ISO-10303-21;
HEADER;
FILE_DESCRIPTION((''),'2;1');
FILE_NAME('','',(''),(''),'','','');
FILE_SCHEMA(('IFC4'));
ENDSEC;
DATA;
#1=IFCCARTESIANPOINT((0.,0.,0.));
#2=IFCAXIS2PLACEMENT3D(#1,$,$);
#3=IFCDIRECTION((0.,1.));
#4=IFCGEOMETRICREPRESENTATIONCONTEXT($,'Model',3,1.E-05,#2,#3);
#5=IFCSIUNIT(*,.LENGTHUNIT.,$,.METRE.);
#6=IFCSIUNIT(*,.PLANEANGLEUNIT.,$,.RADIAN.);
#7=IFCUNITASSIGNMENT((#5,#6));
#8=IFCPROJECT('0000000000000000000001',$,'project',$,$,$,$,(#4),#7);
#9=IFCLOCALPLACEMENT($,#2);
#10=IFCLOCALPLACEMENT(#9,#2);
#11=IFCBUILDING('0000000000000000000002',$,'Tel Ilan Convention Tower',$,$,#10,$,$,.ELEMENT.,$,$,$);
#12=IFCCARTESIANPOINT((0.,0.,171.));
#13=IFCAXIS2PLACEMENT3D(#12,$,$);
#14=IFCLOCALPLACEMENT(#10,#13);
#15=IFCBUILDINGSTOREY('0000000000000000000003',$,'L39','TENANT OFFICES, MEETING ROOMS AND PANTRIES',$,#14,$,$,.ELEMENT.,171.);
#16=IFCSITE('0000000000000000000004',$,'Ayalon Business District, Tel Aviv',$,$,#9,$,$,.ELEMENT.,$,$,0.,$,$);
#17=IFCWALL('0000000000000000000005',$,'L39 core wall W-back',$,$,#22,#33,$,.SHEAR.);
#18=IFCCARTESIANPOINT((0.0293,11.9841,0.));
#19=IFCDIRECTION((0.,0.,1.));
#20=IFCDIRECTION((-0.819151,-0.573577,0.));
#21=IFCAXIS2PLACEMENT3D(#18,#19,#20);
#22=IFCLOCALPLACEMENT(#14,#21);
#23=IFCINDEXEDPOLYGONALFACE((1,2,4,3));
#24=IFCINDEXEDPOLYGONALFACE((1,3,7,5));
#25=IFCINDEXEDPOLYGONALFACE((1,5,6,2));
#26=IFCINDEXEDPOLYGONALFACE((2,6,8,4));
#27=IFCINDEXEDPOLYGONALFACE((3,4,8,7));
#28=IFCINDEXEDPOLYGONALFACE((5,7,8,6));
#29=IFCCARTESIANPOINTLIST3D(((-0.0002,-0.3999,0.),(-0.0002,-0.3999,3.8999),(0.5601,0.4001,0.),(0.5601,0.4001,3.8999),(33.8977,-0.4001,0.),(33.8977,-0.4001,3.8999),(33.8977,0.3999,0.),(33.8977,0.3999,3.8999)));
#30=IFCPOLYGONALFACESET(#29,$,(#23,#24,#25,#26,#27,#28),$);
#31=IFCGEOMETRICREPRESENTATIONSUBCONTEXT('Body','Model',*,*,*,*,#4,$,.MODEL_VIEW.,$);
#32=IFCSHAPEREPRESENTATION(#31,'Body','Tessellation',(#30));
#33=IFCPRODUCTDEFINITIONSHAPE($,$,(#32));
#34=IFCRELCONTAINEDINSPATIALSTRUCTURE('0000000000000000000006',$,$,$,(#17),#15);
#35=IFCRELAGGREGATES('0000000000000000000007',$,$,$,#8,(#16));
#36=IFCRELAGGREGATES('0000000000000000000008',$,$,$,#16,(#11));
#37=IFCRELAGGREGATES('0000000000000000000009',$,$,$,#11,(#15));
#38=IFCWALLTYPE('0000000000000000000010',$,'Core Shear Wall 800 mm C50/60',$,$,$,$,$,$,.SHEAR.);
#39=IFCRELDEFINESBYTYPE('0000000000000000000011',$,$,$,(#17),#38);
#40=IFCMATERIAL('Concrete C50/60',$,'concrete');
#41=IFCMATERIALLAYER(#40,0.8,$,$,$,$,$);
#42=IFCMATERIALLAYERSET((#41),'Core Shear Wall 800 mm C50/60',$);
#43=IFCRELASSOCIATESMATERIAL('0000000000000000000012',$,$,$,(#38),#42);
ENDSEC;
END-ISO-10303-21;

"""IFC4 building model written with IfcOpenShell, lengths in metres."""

from ifc_helpers import new_model, si_unit, direction, frame, origin, place, context, subcontext, project, spatial, polyline, outline, extrude, material, layer, layer_set, type_object, element, save


model = new_model("IFC4")

# Units and contexts
model_context = context("Model", 3, precision=1e-05, world=origin(), true_north=direction((0.0, 1.0)))
body_context = subcontext(model_context, "Body", "Model", "MODEL_VIEW")
ifc_project = project(units=[si_unit("LENGTHUNIT", "METRE"), si_unit("PLANEANGLEUNIT", "RADIAN")], contexts=[model_context])

# Site, building, storey
site_placement = place(None, origin())
site = spatial("IfcSite", under=ifc_project, at=site_placement, Name="Ayalon Business District, Tel Aviv", CompositionType="ELEMENT", RefElevation=0.0)
building_placement = place(site_placement, origin())
building = spatial("IfcBuilding", under=site, at=building_placement, Name="Tel Ilan Convention Tower", CompositionType="ELEMENT")
storey_placement = place(building_placement, frame((0.0, 0.0, 171.0)))
storey = spatial("IfcBuildingStorey", under=building, at=storey_placement, Name="L39", Description="TENANT OFFICES, MEETING ROOMS AND PANTRIES", CompositionType="ELEMENT", Elevation=171.0)

# Wall
ifc_material_1 = material(Name="Concrete C50/60", Category="concrete")
ifc_layer_1 = layer(ifc_material_1, 0.8)
ifc_layer_set_1 = layer_set([ifc_layer_1], Name="Core Shear Wall 800 mm C50/60")
wall_type_1 = type_object("IfcWallType", Name="Core Shear Wall 800 mm C50/60", PredefinedType="SHEAR", material=ifc_layer_set_1)
wall_1_placement = place(storey_placement, frame((0.0293, 11.9841, 0.0), z_axis=(0.0, 0.0, 1.0), x_axis=(-0.819151, -0.573577, 0.0)))
element("IfcWall", 1, at=wall_1_placement, inside=storey, type_object=wall_type_1, Name="L39 core wall W-back", PredefinedType="SHEAR", context=body_context, shape_type="SweptSolid", body=[
    extrude(outline(polyline([(33.8977, 0.3999), (0.5601, 0.4001), (-0.0002, -0.3999), (33.8977, -0.4001), (33.8977, 0.3999)])), origin(), (0.0, 0.0, 1.0), 3.8999),
])

save(model, "model.ifc")
